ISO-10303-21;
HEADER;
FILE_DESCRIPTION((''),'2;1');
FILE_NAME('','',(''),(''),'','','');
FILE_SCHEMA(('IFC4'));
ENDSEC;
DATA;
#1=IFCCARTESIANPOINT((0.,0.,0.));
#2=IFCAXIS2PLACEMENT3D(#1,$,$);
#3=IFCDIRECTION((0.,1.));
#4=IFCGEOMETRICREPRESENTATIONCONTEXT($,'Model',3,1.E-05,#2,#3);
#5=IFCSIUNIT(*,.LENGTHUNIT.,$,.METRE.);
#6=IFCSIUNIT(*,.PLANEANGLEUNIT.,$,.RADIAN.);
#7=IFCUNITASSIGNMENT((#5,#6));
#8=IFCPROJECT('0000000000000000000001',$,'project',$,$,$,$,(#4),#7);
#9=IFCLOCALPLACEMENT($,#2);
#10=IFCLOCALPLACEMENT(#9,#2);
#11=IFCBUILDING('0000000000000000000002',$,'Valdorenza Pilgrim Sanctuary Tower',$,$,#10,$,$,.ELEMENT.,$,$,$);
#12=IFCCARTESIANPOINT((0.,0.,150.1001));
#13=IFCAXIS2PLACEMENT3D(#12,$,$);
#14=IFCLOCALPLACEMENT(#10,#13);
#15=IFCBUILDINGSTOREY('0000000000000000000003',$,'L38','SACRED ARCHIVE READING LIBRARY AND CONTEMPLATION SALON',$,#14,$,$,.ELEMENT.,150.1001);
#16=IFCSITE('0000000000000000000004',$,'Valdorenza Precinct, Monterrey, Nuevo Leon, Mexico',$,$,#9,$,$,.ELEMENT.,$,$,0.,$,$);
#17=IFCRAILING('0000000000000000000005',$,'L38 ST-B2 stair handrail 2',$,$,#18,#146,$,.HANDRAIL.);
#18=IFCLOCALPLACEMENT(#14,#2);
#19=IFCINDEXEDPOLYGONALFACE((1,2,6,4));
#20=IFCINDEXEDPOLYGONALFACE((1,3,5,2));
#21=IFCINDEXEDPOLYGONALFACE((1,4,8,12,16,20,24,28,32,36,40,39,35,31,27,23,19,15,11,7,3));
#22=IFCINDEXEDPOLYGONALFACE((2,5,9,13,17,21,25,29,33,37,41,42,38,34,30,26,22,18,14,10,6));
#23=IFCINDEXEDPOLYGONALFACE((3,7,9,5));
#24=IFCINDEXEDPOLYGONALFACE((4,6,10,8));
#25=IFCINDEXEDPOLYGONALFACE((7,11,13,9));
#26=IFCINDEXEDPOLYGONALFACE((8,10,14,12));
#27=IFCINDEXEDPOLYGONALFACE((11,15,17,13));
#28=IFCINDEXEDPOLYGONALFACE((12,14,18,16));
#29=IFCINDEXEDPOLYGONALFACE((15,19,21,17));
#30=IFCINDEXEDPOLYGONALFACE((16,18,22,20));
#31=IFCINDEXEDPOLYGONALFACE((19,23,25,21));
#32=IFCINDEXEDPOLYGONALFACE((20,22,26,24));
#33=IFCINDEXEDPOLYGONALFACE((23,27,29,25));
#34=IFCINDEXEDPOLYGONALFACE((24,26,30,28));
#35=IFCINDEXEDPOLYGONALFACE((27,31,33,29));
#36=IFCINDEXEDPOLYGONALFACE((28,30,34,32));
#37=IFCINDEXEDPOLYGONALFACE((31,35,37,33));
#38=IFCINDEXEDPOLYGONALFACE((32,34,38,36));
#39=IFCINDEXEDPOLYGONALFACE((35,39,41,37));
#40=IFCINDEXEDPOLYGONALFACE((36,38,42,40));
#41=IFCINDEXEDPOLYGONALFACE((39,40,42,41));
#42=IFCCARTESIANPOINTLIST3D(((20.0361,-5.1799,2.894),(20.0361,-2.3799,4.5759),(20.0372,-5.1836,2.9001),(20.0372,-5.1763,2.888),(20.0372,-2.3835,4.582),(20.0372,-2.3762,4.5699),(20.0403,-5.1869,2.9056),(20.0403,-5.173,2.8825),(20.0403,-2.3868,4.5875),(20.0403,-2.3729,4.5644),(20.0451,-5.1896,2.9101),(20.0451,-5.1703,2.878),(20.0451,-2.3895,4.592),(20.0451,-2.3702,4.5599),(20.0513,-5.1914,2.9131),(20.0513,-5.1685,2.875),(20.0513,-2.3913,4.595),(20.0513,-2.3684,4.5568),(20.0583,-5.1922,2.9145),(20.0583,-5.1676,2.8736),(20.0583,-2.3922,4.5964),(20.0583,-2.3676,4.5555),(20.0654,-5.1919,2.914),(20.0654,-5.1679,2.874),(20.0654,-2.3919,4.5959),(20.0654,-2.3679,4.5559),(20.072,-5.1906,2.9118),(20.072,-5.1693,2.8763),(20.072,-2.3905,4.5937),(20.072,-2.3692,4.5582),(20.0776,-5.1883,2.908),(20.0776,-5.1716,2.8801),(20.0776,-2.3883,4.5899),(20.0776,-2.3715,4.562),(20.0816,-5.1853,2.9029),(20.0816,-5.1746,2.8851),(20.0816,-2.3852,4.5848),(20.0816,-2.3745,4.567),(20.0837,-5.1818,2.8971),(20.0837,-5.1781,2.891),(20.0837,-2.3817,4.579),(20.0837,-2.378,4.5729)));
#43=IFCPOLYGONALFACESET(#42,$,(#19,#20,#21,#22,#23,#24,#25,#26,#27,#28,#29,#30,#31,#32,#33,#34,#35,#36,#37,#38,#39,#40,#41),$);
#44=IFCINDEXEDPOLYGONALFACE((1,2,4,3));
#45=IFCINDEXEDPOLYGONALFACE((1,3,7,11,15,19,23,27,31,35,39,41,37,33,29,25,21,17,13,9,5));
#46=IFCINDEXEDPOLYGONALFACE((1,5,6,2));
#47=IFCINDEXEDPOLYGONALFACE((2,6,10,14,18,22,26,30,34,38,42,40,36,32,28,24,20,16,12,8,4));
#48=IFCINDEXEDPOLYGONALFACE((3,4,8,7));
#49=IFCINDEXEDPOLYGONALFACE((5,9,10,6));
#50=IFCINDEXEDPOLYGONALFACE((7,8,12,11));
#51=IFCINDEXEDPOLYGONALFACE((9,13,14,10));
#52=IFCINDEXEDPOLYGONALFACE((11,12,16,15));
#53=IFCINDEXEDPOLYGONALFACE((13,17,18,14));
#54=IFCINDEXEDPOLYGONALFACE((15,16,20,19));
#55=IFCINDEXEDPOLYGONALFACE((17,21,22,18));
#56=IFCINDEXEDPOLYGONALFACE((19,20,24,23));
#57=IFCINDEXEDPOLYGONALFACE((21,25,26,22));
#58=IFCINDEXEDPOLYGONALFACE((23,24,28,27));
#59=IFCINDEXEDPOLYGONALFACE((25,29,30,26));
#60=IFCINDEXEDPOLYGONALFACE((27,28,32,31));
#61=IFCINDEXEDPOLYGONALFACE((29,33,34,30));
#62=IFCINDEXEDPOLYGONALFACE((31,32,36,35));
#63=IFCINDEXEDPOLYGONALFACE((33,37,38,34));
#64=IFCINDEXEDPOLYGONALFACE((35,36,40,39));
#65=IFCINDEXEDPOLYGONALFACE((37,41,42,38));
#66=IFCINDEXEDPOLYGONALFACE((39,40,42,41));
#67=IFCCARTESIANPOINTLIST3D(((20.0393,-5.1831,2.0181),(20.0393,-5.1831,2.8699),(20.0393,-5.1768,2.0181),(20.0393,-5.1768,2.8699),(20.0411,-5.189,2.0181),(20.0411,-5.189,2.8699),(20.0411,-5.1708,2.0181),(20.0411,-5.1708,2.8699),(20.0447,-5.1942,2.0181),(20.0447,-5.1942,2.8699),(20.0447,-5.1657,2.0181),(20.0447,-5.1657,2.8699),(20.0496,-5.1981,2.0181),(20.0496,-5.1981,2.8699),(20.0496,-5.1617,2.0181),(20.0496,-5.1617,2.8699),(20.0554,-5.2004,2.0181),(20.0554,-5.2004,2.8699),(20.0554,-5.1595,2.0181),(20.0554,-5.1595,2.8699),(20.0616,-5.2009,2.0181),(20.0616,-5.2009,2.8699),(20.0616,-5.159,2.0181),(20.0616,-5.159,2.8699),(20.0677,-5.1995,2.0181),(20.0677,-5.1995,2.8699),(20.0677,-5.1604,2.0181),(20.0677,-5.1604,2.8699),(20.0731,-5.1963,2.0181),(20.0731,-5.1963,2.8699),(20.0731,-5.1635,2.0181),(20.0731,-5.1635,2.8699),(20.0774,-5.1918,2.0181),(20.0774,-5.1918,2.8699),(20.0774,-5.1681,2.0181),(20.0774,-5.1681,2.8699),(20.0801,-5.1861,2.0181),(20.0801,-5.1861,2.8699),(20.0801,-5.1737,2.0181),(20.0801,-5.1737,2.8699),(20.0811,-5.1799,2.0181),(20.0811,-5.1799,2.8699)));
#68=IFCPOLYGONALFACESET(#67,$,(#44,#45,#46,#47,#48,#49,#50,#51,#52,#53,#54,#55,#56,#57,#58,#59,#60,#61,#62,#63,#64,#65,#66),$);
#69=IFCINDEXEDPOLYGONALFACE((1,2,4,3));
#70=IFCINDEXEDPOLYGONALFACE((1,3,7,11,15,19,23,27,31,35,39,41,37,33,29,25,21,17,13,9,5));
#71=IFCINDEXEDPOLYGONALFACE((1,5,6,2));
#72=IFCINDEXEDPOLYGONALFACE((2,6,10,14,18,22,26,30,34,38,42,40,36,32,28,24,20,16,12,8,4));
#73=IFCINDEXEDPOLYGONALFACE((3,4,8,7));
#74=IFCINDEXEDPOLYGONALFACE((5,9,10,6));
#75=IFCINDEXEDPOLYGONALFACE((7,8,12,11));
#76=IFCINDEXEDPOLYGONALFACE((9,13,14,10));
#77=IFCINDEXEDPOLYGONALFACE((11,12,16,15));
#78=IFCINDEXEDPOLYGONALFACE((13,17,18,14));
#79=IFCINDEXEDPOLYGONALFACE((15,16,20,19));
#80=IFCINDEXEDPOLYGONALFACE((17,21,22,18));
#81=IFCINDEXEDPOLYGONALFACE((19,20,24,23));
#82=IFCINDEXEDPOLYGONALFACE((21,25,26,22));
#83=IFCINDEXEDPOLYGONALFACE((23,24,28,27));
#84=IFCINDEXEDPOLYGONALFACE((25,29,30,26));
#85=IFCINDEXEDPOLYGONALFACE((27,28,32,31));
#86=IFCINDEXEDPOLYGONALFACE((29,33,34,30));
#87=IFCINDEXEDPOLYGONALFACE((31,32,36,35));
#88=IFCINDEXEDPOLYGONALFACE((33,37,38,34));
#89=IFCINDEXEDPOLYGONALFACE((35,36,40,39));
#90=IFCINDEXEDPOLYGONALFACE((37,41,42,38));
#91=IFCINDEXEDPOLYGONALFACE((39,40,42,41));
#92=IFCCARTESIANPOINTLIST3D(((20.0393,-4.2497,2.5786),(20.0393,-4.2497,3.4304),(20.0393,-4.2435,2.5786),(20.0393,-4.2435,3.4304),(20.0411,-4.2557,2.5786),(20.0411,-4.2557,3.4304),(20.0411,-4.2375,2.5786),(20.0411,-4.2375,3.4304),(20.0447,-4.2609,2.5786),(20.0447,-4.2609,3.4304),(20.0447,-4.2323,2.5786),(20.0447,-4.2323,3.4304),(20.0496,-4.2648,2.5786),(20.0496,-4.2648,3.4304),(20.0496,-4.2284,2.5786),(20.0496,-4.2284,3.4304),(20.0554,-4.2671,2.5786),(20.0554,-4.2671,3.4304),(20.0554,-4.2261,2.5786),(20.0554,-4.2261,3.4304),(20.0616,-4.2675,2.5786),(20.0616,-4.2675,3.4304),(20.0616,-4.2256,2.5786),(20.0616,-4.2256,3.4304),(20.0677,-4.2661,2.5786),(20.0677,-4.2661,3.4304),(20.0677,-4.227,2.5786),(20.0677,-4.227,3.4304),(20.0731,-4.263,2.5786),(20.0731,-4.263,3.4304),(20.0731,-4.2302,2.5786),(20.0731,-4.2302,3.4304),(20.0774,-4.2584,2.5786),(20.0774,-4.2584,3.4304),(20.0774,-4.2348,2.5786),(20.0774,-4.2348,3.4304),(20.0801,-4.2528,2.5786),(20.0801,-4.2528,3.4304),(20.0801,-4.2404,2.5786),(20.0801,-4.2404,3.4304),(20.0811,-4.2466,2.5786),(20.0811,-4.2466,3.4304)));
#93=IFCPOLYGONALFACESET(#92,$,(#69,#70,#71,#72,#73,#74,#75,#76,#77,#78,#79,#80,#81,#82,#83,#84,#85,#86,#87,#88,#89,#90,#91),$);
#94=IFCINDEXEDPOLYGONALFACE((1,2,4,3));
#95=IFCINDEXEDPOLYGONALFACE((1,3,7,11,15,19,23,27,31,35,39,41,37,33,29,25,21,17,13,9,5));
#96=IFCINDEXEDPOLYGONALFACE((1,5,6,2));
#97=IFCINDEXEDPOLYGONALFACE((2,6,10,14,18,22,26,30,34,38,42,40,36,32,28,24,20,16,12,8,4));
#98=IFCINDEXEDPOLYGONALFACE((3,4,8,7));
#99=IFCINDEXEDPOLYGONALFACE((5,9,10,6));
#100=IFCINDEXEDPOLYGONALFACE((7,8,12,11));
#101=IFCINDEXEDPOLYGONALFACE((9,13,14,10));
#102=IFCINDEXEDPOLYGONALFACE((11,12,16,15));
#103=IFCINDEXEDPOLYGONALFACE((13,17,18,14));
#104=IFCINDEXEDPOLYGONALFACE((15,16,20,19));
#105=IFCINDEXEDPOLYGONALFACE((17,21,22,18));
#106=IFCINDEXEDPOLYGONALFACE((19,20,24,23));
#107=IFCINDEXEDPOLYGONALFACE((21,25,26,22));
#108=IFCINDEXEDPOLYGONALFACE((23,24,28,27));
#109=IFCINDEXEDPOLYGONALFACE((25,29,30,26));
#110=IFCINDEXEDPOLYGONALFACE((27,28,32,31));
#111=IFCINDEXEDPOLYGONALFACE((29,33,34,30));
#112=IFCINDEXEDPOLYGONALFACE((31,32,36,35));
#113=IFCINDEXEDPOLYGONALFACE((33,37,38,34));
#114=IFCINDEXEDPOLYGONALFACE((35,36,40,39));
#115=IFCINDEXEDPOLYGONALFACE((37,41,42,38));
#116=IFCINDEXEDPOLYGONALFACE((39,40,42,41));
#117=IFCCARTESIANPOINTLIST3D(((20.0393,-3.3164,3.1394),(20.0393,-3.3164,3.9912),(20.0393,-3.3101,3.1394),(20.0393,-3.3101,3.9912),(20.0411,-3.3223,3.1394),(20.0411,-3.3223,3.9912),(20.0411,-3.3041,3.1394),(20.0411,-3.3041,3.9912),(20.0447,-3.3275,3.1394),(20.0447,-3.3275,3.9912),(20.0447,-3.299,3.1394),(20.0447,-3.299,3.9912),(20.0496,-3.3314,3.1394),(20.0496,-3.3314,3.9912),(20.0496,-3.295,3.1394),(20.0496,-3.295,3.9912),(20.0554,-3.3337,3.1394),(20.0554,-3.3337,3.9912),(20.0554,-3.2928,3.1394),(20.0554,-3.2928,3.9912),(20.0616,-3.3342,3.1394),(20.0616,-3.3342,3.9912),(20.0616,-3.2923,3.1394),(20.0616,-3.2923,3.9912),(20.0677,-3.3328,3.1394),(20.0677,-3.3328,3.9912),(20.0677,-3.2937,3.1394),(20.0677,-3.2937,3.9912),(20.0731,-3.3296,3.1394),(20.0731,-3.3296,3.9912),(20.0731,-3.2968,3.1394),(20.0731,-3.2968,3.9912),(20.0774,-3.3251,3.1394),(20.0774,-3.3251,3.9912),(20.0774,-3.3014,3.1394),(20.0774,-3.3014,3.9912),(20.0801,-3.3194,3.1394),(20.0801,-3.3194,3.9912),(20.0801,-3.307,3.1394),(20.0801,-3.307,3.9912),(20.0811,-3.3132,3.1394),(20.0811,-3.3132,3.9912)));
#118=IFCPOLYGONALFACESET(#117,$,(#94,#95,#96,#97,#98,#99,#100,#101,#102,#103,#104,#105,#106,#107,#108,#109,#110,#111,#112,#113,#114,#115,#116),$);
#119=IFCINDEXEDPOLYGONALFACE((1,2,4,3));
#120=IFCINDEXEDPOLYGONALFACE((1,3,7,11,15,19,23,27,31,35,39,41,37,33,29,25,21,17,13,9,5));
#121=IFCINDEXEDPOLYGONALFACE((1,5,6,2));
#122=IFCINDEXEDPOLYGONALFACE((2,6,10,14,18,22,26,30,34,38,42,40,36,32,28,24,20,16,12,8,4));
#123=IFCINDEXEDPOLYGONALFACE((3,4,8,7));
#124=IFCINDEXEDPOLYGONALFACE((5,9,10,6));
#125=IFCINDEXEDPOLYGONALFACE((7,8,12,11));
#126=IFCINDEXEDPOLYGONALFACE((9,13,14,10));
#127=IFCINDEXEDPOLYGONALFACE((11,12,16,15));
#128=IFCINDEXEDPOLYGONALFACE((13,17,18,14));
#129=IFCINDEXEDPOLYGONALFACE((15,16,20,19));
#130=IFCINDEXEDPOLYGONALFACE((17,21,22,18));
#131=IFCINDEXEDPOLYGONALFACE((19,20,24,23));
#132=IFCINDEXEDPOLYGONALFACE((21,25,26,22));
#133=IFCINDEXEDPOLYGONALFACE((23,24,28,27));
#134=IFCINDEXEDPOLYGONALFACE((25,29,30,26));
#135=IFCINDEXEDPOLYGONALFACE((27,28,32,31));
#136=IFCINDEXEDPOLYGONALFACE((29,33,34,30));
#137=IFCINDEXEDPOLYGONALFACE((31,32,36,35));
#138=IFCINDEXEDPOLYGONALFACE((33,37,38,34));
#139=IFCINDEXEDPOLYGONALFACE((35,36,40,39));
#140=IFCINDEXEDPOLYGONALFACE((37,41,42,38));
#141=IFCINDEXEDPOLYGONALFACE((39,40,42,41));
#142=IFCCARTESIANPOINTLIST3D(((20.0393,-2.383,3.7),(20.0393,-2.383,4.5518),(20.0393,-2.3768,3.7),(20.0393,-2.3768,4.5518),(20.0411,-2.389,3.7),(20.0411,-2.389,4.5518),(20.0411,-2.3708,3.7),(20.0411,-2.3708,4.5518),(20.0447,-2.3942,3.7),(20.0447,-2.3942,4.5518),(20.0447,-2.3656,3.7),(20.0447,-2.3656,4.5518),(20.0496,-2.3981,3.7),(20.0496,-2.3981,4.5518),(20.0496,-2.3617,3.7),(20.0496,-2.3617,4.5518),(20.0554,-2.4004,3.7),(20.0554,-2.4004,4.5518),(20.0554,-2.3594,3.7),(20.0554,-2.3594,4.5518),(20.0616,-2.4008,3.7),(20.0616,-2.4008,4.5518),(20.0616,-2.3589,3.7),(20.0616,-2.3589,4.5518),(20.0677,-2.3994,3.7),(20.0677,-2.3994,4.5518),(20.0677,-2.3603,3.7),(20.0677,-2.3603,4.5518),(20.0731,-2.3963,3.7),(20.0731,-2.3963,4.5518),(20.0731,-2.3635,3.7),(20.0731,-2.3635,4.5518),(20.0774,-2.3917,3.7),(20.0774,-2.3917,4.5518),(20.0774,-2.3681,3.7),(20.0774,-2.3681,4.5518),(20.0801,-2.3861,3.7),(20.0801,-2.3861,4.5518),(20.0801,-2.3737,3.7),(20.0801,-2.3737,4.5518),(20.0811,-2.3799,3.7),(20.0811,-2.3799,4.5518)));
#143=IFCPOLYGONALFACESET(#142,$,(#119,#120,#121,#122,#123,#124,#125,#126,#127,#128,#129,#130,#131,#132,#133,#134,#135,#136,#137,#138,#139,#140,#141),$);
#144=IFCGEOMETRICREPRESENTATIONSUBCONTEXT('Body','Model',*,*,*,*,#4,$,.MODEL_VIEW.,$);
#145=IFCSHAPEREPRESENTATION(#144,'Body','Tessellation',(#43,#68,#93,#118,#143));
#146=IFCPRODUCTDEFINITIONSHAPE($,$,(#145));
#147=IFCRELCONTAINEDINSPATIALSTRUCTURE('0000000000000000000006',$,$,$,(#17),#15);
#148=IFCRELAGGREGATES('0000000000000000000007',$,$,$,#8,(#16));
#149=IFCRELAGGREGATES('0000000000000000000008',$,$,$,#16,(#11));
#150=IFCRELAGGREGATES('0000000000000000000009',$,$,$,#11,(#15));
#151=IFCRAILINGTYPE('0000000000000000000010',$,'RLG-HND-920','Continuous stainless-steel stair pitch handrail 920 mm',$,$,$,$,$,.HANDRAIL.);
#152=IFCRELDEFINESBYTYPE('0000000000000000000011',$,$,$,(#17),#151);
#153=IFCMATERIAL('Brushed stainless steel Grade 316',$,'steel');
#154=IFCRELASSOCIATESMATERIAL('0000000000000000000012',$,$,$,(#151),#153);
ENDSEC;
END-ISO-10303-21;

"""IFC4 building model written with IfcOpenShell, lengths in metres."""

from ifc_helpers import new_model, si_unit, direction, frame, origin, origin_2d, place, context, subcontext, project, spatial, circle, extrude, material, type_object, element, save


model = new_model("IFC4")

# Units and contexts
model_context = context("Model", 3, precision=1e-05, world=origin(), true_north=direction((0.0, 1.0)))
body_context = subcontext(model_context, "Body", "Model", "MODEL_VIEW")
ifc_project = project(units=[si_unit("LENGTHUNIT", "METRE"), si_unit("PLANEANGLEUNIT", "RADIAN")], contexts=[model_context])

# Site, building, storey
site_placement = place(None, origin())
site = spatial("IfcSite", under=ifc_project, at=site_placement, Name="Valdorenza Precinct, Monterrey, Nuevo Leon, Mexico", CompositionType="ELEMENT", RefElevation=0.0)
building_placement = place(site_placement, origin())
building = spatial("IfcBuilding", under=site, at=building_placement, Name="Valdorenza Pilgrim Sanctuary Tower", CompositionType="ELEMENT")
storey_placement = place(building_placement, frame((0.0, 0.0, 150.1001)))
storey = spatial("IfcBuildingStorey", under=building, at=storey_placement, Name="L38", Description="SACRED ARCHIVE READING LIBRARY AND CONTEMPLATION SALON", CompositionType="ELEMENT", Elevation=150.1001)

# Railing
ifc_material_1 = material(Name="Brushed stainless steel Grade 316", Category="steel")
railing_type_1 = type_object("IfcRailingType", Name="RLG-HND-920", Description="Continuous stainless-steel stair pitch handrail 920 mm", PredefinedType="HANDRAIL", material=ifc_material_1)
railing_1_placement = place(storey_placement, frame((20.0601, -5.1799, 2.0181)))
element("IfcRailing", 1, at=railing_1_placement, inside=storey, type_object=railing_type_1, Name="L38 ST-B2 stair handrail 2", PredefinedType="HANDRAIL", context=body_context, shape_type="SweptSolid", body=[
    extrude(circle(Radius=0.0239, at=origin_2d()), frame((0.0, 0.0, 0.876), z_axis=(0.0, 0.857242, 0.514913), x_axis=(-1.0, 0.0, 0.0)), (0.0, 0.0, 1.0), 3.2664),
    extrude(circle(Radius=0.021, at=origin_2d()), origin(), (0.0, 0.0, 1.0), 0.8518),
    extrude(circle(Radius=0.021, at=origin_2d()), frame((0.0, 0.9333, 0.5605)), (0.0, 0.0, 1.0), 0.8518),
    extrude(circle(Radius=0.021, at=origin_2d()), frame((0.0, 1.8667, 1.1213)), (0.0, 0.0, 1.0), 0.8518),
    extrude(circle(Radius=0.021, at=origin_2d()), frame((0.0, 2.8, 1.6819)), (0.0, 0.0, 1.0), 0.8518),
])

save(model, "model.ifc")
